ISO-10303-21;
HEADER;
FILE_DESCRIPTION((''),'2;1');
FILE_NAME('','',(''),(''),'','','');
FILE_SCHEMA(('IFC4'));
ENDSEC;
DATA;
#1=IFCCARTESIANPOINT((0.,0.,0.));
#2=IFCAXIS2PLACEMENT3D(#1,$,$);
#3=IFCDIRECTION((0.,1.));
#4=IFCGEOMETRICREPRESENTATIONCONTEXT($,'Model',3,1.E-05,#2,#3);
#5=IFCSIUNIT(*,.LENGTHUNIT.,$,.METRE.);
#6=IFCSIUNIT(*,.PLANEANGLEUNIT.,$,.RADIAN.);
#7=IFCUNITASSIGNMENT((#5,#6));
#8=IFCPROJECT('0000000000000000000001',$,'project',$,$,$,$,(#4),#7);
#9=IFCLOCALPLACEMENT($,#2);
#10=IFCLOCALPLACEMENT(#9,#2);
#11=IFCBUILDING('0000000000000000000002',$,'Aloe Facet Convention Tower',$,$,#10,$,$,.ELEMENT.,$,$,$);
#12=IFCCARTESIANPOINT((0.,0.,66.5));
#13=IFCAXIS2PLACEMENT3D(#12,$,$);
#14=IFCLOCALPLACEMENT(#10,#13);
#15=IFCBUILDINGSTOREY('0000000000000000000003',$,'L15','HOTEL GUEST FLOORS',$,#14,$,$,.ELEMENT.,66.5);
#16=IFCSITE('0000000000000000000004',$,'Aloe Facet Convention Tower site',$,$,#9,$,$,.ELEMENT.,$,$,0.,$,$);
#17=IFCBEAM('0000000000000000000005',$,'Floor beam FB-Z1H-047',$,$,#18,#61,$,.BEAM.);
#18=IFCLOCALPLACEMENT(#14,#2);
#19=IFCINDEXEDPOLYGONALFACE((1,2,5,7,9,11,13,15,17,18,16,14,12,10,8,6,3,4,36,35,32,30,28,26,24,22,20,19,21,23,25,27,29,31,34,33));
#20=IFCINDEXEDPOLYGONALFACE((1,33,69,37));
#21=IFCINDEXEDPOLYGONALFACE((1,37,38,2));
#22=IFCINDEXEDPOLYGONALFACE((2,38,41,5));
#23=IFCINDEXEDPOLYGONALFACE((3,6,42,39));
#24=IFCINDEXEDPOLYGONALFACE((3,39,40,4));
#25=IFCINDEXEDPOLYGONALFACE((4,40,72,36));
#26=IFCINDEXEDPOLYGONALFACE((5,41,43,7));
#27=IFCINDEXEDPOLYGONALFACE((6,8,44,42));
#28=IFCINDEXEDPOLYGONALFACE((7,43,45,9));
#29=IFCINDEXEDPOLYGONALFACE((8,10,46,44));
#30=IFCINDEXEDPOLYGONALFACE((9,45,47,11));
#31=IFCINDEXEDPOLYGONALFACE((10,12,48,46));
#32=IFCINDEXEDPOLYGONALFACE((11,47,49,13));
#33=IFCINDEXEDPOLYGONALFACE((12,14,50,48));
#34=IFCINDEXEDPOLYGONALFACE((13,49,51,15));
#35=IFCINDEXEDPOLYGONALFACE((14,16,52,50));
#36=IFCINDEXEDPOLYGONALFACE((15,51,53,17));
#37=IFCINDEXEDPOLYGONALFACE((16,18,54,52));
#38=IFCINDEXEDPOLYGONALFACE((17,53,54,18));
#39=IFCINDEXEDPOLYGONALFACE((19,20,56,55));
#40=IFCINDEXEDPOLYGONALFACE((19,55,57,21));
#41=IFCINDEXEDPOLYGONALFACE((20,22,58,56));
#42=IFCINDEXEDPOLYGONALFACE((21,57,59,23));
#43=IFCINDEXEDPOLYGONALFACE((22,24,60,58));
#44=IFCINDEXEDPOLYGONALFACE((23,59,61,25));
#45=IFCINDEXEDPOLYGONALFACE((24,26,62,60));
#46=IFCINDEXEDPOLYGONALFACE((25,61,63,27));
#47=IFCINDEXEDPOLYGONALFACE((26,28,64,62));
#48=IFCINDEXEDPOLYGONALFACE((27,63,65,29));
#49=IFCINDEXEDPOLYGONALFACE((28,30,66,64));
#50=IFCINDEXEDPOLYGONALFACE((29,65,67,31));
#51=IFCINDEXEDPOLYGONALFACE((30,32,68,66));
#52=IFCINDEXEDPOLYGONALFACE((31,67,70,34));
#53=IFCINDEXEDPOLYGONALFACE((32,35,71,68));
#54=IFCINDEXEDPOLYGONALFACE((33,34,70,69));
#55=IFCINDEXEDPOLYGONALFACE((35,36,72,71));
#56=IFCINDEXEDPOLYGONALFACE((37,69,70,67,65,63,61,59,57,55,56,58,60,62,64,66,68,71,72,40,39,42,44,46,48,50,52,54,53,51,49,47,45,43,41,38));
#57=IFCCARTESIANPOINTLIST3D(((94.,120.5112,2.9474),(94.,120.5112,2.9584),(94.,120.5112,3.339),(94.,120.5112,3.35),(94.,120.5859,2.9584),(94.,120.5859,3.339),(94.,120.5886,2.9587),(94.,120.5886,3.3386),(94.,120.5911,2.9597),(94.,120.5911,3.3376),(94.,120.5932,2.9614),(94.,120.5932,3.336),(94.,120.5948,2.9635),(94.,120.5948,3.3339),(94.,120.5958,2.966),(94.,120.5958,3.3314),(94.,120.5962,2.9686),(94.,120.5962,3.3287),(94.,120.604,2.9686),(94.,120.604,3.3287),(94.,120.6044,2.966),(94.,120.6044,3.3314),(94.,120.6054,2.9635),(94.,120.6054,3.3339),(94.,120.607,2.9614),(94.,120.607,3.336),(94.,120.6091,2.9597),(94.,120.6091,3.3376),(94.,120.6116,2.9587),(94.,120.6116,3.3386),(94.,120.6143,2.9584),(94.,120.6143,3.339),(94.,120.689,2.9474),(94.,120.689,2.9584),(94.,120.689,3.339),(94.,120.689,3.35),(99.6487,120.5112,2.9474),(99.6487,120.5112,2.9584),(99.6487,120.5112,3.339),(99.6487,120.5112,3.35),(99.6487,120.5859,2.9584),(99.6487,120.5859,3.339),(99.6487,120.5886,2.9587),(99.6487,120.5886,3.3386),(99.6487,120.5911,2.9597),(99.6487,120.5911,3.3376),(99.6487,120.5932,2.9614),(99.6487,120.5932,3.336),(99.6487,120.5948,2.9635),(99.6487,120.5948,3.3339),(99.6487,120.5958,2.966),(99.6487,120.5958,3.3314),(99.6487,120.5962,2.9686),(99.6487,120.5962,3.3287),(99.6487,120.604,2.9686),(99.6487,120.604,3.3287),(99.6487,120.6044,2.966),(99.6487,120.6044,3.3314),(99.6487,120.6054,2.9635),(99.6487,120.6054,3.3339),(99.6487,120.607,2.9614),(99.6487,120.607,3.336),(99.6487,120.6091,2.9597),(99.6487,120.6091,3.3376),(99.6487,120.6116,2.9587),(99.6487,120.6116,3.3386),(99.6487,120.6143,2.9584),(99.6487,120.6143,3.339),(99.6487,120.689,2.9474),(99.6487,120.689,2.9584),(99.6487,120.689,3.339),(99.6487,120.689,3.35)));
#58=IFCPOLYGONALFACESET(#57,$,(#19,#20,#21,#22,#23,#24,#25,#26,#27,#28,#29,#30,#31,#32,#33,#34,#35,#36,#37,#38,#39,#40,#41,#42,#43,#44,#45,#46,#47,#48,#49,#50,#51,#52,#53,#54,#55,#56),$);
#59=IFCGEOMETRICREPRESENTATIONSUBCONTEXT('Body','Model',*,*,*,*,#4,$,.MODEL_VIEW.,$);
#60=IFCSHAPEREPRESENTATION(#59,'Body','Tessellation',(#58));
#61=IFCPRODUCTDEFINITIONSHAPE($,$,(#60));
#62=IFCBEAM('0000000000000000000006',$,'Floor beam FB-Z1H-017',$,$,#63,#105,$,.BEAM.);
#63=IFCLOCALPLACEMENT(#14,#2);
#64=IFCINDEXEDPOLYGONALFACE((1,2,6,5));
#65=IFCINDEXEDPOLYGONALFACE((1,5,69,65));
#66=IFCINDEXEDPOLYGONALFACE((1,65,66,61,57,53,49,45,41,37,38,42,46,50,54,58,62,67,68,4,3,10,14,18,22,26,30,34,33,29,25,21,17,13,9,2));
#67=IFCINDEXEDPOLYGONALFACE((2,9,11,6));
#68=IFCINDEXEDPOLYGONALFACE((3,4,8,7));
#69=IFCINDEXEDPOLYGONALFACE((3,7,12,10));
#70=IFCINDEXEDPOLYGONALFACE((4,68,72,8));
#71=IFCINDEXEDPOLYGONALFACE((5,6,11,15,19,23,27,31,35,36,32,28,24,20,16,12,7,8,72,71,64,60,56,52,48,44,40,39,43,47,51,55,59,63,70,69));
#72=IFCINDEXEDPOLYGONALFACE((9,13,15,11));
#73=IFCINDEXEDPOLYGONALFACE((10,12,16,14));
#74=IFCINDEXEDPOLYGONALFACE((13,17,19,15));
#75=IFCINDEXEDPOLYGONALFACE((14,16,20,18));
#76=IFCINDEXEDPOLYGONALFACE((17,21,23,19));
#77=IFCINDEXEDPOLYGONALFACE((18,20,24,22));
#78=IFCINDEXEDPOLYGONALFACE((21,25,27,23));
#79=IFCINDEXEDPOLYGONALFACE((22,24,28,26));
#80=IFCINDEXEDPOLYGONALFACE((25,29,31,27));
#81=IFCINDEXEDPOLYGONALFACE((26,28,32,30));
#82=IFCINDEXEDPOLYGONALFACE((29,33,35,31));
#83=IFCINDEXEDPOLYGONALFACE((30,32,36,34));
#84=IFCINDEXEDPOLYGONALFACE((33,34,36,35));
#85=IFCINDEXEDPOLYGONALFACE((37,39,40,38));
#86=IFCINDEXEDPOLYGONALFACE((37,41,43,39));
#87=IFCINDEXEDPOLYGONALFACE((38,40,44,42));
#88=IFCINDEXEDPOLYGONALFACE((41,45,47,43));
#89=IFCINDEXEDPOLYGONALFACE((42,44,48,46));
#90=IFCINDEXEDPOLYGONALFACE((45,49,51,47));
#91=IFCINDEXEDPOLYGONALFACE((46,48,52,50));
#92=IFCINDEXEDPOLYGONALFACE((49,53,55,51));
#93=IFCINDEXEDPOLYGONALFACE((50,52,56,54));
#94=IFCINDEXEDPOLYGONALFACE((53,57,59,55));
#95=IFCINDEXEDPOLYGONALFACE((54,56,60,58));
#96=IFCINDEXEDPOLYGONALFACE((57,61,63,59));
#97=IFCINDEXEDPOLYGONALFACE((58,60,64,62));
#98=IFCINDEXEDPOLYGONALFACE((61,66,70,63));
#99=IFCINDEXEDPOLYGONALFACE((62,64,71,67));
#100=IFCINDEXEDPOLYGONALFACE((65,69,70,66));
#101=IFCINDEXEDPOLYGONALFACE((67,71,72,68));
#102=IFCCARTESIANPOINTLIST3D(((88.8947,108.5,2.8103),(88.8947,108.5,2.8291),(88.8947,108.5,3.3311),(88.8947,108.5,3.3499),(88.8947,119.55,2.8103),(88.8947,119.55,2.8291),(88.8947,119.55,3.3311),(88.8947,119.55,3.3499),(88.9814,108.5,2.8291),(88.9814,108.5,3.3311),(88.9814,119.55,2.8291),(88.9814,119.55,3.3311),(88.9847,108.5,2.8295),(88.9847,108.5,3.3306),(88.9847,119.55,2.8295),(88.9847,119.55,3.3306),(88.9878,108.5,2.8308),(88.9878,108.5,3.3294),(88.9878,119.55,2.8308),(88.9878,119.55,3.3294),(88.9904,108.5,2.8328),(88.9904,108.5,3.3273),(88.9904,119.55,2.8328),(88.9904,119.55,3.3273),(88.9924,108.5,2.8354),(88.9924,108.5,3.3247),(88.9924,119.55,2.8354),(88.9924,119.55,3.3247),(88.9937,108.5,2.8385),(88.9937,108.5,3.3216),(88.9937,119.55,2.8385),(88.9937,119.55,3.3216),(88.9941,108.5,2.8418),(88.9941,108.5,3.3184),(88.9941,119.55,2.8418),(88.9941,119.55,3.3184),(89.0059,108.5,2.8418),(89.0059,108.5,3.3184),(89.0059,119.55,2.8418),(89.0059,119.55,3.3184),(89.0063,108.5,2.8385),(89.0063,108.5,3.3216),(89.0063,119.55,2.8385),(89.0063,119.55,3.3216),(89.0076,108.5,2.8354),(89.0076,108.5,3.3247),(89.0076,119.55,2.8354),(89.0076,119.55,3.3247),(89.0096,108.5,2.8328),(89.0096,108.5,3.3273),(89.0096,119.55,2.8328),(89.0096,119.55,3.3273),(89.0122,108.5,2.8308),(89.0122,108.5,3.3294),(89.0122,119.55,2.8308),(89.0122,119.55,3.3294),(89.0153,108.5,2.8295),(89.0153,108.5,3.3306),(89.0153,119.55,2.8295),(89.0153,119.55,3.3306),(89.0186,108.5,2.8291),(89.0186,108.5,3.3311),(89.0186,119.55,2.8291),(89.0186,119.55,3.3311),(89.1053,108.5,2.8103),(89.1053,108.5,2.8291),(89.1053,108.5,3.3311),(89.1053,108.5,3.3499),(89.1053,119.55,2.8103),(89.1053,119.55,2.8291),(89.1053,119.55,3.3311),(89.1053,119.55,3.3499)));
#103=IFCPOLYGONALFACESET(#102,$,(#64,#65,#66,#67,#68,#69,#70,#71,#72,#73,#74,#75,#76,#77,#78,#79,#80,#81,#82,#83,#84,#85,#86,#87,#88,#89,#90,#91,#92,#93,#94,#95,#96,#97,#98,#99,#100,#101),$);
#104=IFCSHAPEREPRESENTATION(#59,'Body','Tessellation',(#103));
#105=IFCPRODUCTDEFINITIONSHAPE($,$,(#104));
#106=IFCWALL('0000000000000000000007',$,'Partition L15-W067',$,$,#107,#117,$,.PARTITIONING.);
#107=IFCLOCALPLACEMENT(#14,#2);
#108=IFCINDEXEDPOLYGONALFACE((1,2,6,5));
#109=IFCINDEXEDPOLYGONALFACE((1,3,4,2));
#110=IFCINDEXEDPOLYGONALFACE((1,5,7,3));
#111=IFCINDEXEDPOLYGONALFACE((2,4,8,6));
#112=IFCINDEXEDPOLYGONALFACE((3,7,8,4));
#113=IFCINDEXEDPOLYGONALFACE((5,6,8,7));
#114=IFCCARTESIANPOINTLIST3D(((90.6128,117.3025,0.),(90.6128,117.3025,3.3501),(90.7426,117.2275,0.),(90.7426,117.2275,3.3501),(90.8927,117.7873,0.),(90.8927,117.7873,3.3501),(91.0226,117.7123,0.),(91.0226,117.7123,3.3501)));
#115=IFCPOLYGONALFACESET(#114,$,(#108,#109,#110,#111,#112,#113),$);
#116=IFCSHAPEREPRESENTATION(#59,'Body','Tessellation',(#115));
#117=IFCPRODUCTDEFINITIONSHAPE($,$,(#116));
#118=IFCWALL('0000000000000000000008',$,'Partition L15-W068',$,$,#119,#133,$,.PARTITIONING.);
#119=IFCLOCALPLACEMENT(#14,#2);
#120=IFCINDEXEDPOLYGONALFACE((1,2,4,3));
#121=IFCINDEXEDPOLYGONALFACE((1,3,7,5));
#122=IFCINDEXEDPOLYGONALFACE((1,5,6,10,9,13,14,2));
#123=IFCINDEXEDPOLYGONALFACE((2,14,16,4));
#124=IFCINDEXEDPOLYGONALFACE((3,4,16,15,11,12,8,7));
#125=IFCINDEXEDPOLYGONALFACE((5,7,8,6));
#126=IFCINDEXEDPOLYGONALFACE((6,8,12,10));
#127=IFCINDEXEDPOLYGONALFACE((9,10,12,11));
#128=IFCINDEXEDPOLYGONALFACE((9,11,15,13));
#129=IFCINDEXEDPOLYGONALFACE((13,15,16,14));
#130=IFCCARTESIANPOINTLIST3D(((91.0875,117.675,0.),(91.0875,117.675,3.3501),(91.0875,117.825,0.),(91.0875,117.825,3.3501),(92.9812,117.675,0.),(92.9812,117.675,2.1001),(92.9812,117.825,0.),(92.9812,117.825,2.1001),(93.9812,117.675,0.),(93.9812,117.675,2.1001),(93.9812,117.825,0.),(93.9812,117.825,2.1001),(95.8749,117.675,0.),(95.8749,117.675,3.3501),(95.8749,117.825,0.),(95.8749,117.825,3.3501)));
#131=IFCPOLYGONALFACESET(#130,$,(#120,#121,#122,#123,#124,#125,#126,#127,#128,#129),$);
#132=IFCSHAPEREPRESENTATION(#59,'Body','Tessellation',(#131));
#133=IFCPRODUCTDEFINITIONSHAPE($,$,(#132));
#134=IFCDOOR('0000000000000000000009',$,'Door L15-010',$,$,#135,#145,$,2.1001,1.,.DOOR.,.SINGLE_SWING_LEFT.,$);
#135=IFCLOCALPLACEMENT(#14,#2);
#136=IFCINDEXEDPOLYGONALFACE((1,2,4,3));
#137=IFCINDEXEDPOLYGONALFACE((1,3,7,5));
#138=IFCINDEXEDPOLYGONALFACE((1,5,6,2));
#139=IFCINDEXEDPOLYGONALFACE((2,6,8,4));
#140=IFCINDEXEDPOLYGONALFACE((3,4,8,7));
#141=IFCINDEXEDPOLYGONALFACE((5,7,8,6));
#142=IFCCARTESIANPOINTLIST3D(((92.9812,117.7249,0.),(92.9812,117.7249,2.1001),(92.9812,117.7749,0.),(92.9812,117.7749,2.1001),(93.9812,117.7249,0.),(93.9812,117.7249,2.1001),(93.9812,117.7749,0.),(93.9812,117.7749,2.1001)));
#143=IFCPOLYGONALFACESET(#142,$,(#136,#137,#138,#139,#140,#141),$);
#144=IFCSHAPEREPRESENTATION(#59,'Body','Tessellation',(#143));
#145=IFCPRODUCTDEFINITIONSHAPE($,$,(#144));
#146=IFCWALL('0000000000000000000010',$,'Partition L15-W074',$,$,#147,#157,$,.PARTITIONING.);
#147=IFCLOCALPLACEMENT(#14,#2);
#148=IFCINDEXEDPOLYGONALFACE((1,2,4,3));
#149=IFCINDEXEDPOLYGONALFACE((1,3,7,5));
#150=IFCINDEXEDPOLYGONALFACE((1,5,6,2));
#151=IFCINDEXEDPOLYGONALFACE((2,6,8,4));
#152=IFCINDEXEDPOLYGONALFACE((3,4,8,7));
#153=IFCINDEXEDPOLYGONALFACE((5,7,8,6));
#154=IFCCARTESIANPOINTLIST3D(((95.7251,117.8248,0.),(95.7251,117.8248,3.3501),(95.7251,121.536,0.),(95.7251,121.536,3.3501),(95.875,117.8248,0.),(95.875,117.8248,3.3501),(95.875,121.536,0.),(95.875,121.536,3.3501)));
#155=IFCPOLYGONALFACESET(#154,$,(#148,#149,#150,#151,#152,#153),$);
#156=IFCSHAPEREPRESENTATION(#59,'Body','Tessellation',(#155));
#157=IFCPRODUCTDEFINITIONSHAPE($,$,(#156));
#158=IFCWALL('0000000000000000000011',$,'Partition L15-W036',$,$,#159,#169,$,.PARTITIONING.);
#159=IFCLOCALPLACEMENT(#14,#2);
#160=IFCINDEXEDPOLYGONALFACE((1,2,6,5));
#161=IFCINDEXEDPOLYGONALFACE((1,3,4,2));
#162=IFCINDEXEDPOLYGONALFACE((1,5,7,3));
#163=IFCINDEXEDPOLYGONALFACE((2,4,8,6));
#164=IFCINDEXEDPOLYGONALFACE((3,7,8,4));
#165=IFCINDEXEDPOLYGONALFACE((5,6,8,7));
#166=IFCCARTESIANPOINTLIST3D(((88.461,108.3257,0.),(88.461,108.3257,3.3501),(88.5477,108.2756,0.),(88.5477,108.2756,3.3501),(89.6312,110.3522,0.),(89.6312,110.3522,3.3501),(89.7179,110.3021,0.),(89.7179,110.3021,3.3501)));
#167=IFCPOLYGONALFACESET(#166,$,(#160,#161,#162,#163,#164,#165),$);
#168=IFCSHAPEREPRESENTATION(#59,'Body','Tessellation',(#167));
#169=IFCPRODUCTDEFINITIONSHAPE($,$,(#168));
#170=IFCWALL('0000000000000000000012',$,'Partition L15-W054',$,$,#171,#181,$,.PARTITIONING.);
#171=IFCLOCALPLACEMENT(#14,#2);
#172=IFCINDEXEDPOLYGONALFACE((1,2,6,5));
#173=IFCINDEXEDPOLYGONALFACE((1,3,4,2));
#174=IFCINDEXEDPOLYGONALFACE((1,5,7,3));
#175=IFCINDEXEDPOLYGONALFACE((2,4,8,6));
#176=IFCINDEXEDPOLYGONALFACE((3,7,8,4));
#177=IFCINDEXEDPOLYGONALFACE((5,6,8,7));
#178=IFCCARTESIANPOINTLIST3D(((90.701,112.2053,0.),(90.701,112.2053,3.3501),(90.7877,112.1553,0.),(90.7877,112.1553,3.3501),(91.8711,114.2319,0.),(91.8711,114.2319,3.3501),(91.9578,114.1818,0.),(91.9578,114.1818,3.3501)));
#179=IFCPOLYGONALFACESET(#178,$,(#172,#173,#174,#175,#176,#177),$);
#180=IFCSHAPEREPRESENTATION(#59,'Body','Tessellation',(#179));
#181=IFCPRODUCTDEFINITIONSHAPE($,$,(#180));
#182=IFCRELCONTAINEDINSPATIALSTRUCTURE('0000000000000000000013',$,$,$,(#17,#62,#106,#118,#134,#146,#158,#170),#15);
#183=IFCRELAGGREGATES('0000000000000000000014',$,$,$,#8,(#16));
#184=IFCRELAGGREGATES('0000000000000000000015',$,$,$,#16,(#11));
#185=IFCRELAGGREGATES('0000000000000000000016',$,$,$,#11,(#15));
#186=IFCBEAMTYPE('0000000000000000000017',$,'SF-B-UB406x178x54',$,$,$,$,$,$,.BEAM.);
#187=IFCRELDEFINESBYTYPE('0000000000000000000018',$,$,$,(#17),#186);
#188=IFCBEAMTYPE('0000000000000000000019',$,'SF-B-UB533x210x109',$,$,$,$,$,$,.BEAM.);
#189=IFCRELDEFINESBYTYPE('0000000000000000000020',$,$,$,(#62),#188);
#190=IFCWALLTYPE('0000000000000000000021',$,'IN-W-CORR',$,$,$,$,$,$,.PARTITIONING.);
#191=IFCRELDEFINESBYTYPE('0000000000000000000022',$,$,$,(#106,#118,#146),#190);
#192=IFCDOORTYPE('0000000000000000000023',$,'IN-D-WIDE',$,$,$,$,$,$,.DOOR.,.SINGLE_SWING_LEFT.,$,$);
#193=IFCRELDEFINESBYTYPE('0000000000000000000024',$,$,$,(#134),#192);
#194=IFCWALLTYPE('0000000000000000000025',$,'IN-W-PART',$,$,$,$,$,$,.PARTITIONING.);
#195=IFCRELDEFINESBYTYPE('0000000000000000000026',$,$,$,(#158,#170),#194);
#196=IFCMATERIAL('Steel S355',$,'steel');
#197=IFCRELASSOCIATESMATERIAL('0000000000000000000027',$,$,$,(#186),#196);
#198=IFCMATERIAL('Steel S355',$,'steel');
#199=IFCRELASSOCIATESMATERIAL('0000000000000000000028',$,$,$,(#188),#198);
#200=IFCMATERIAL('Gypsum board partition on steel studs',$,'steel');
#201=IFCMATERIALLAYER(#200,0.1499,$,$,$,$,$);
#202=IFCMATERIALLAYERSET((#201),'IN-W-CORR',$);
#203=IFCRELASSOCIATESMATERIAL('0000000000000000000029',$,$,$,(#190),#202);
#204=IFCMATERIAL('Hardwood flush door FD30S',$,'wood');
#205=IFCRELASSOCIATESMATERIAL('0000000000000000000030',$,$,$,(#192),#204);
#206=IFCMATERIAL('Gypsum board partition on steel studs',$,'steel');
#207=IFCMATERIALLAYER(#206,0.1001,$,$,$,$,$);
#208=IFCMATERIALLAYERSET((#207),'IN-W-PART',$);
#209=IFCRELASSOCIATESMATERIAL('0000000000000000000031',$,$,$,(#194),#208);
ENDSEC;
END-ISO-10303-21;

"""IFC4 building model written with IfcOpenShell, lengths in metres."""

from ifc_helpers import new_model, si_unit, direction, frame, frame_2d, origin, origin_2d, place, context, subcontext, project, spatial, rectangle, i_section, extrude, material, layer, layer_set, material_profile, profile_set, type_object, element, fill, save


model = new_model("IFC4")

# Units and contexts
model_context = context("Model", 3, precision=1e-05, world=origin(), true_north=direction((0.0, 1.0)))
body_context = subcontext(model_context, "Body", "Model", "MODEL_VIEW")
ifc_project = project(units=[si_unit("LENGTHUNIT", "METRE"), si_unit("PLANEANGLEUNIT", "RADIAN")], contexts=[model_context])

# Site, building, storey
site_placement = place(None, origin())
site = spatial("IfcSite", under=ifc_project, at=site_placement, Name="Aloe Facet Convention Tower site", CompositionType="ELEMENT", RefElevation=0.0)
building_placement = place(site_placement, origin())
building = spatial("IfcBuilding", under=site, at=building_placement, Name="Aloe Facet Convention Tower", CompositionType="ELEMENT")
storey_placement = place(building_placement, frame((0.0, 0.0, 66.5)))
storey = spatial("IfcBuildingStorey", under=building, at=storey_placement, Name="L15", Description="HOTEL GUEST FLOORS", CompositionType="ELEMENT", Elevation=66.5)

# Beams
ifc_material_1 = material(Name="Steel S355", Category="steel")
ifc_material_profile_1 = material_profile(ifc_material_1, i_section(OverallWidth=0.1777, OverallDepth=0.4026, WebThickness=0.0078, FlangeThickness=0.011, FilletRadius=0.0103, at=origin_2d()), Name="UB 406x178x54")
ifc_profile_set_1 = profile_set([ifc_material_profile_1], Name="Steel S355")
beam_type_1 = type_object("IfcBeamType", Name="SF-B-UB406x178x54", PredefinedType="BEAM", material=ifc_profile_set_1)
beam_1_placement = place(storey_placement, frame((94.0, 120.6001, 3.1487), z_axis=(1.0, 0.0, 0.0), x_axis=(0.0, 1.0, 0.0)))
element("IfcBeam", 1, at=beam_1_placement, inside=storey, type_object=beam_type_1, Name="Floor beam FB-Z1H-047", PredefinedType="BEAM", context=body_context, shape_type="SweptSolid", body=[
    extrude(i_section(OverallWidth=0.1777, OverallDepth=0.4026, WebThickness=0.0078, FlangeThickness=0.011, FilletRadius=0.0103, at=origin_2d()), origin(), (0.0, 0.0, 1.0), 5.6487),
])
ifc_material_2 = material(Name="Steel S355", Category="steel")
ifc_material_profile_2 = material_profile(ifc_material_2, i_section(OverallWidth=0.2107, OverallDepth=0.5396, WebThickness=0.0117, FlangeThickness=0.0188, FilletRadius=0.0127, at=origin_2d()), Name="UB 533x210x109")
ifc_profile_set_2 = profile_set([ifc_material_profile_2], Name="Steel S355")
beam_type_2 = type_object("IfcBeamType", Name="SF-B-UB533x210x109", PredefinedType="BEAM", material=ifc_profile_set_2)
beam_2_placement = place(storey_placement, frame((89.0, 119.55, 3.0801), z_axis=(0.0, -1.0, 0.0), x_axis=(1.0, 0.0, 0.0)))
element("IfcBeam", 2, at=beam_2_placement, inside=storey, type_object=beam_type_2, Name="Floor beam FB-Z1H-017", PredefinedType="BEAM", context=body_context, shape_type="SweptSolid", body=[
    extrude(i_section(OverallWidth=0.2107, OverallDepth=0.5396, WebThickness=0.0117, FlangeThickness=0.0188, FilletRadius=0.0127, at=origin_2d()), origin(), (0.0, 0.0, 1.0), 11.05),
])

# Wall
ifc_material_3 = material(Name="Gypsum board partition on steel studs", Category="steel")
ifc_layer_1 = layer(ifc_material_3, 0.1499)
ifc_layer_set_1 = layer_set([ifc_layer_1], Name="IN-W-CORR")
wall_type_1 = type_object("IfcWallType", Name="IN-W-CORR", PredefinedType="PARTITIONING", material=ifc_layer_set_1)
wall_1_placement = place(storey_placement, frame((90.6777, 117.2651, 0.0), z_axis=(0.0, 0.0, 1.0), x_axis=(0.500125, 0.865953, 0.0)))
element("IfcWall", 3, at=wall_1_placement, inside=storey, type_object=wall_type_1, Name="Partition L15-W067", PredefinedType="PARTITIONING", context=body_context, shape_type="SweptSolid", body=[
    extrude(rectangle(XDim=0.5598, YDim=0.1499, at=frame_2d((0.2798, 0.0))), origin(), (0.0, 0.0, 1.0), 3.3501),
])

# Wall, opening, door
wall_2_placement = place(storey_placement, frame((91.0876, 117.75, 0.0), z_axis=(0.0, 0.0, 1.0), x_axis=(1.0, 0.0, 0.0)))
wall_2 = element("IfcWall", 4, at=wall_2_placement, inside=storey, type_object=wall_type_1, Name="Partition L15-W068", PredefinedType="PARTITIONING", context=body_context, shape_type="SweptSolid", body=[
    extrude(rectangle(XDim=4.7874, YDim=0.1499, at=frame_2d((2.3936, 0.0))), origin(), (0.0, 0.0, 1.0), 3.3501),
])
opening_1_placement = place(wall_2_placement, frame((1.8936, 0.0, 0.0)))
opening_1 = element("IfcOpeningElement", 5, at=opening_1_placement, cuts=wall_2, PredefinedType="OPENING", context=body_context, shape_type="SweptSolid", body=[
    extrude(rectangle(XDim=1.0, YDim=2.1001, at=frame_2d((0.5, 1.05))), frame((0.0, 0.085, 0.0), z_axis=(0.0, -1.0, 0.0), x_axis=(1.0, 0.0, 0.0)), (0.0, 0.0, 1.0), 0.1699),
])
ifc_material_4 = material(Name="Hardwood flush door FD30S", Category="wood")
door_type_1 = type_object("IfcDoorType", Name="IN-D-WIDE", OperationType="SINGLE_SWING_LEFT", PredefinedType="DOOR", material=ifc_material_4)
door_1_placement = place(opening_1_placement, origin())
door_1 = element("IfcDoor", 6, at=door_1_placement, inside=storey, type_object=door_type_1, Name="Door L15-010", OperationType="SINGLE_SWING_LEFT", OverallHeight=2.1001, OverallWidth=1.0, PredefinedType="DOOR", context=body_context, shape_type="SweptSolid", body=[
    extrude(rectangle(XDim=1.0, YDim=2.1001, at=frame_2d((0.5, 1.05))), frame((0.0, 0.0249, 0.0), z_axis=(0.0, -1.0, 0.0), x_axis=(1.0, 0.0, 0.0)), (0.0, 0.0, 1.0), 0.05),
])
fill(opening_1, door_1)

# Walls
wall_3_placement = place(storey_placement, frame((95.8, 117.825, 0.0), z_axis=(0.0, 0.0, 1.0), x_axis=(0.0, 1.0, 0.0)))
element("IfcWall", 7, at=wall_3_placement, inside=storey, type_object=wall_type_1, Name="Partition L15-W074", PredefinedType="PARTITIONING", context=body_context, shape_type="SweptSolid", body=[
    extrude(rectangle(XDim=3.7112, YDim=0.1499, at=frame_2d((1.8555, 0.0))), origin(), (0.0, 0.0, 1.0), 3.3501),
])
ifc_material_5 = material(Name="Gypsum board partition on steel studs", Category="steel")
ifc_layer_2 = layer(ifc_material_5, 0.1001)
ifc_layer_set_2 = layer_set([ifc_layer_2], Name="IN-W-PART")
wall_type_2 = type_object("IfcWallType", Name="IN-W-PART", PredefinedType="PARTITIONING", material=ifc_layer_set_2)
for number, where, z_axis, x_axis, name in (
    (8, (88.5044, 108.3008, 0.0), (0.0, 0.0, 1.0), (0.500078, 0.865981, 0.0), "Partition L15-W036"),
    (9, (90.7444, 112.1804, 0.0), (0.0, 0.0, 1.0), (0.500033, 0.866007, 0.0), "Partition L15-W054"),
):
    element("IfcWall", number, at=place(storey_placement, frame(where, z_axis=z_axis, x_axis=x_axis)), inside=storey, type_object=wall_type_2, Name=name, PredefinedType="PARTITIONING", context=body_context, shape_type="SweptSolid", body=[
        extrude(rectangle(XDim=2.3401, YDim=0.1001, at=frame_2d((1.1699, 0.0))), origin(), (0.0, 0.0, 1.0), 3.3501),
    ])

save(model, "model.ifc")
